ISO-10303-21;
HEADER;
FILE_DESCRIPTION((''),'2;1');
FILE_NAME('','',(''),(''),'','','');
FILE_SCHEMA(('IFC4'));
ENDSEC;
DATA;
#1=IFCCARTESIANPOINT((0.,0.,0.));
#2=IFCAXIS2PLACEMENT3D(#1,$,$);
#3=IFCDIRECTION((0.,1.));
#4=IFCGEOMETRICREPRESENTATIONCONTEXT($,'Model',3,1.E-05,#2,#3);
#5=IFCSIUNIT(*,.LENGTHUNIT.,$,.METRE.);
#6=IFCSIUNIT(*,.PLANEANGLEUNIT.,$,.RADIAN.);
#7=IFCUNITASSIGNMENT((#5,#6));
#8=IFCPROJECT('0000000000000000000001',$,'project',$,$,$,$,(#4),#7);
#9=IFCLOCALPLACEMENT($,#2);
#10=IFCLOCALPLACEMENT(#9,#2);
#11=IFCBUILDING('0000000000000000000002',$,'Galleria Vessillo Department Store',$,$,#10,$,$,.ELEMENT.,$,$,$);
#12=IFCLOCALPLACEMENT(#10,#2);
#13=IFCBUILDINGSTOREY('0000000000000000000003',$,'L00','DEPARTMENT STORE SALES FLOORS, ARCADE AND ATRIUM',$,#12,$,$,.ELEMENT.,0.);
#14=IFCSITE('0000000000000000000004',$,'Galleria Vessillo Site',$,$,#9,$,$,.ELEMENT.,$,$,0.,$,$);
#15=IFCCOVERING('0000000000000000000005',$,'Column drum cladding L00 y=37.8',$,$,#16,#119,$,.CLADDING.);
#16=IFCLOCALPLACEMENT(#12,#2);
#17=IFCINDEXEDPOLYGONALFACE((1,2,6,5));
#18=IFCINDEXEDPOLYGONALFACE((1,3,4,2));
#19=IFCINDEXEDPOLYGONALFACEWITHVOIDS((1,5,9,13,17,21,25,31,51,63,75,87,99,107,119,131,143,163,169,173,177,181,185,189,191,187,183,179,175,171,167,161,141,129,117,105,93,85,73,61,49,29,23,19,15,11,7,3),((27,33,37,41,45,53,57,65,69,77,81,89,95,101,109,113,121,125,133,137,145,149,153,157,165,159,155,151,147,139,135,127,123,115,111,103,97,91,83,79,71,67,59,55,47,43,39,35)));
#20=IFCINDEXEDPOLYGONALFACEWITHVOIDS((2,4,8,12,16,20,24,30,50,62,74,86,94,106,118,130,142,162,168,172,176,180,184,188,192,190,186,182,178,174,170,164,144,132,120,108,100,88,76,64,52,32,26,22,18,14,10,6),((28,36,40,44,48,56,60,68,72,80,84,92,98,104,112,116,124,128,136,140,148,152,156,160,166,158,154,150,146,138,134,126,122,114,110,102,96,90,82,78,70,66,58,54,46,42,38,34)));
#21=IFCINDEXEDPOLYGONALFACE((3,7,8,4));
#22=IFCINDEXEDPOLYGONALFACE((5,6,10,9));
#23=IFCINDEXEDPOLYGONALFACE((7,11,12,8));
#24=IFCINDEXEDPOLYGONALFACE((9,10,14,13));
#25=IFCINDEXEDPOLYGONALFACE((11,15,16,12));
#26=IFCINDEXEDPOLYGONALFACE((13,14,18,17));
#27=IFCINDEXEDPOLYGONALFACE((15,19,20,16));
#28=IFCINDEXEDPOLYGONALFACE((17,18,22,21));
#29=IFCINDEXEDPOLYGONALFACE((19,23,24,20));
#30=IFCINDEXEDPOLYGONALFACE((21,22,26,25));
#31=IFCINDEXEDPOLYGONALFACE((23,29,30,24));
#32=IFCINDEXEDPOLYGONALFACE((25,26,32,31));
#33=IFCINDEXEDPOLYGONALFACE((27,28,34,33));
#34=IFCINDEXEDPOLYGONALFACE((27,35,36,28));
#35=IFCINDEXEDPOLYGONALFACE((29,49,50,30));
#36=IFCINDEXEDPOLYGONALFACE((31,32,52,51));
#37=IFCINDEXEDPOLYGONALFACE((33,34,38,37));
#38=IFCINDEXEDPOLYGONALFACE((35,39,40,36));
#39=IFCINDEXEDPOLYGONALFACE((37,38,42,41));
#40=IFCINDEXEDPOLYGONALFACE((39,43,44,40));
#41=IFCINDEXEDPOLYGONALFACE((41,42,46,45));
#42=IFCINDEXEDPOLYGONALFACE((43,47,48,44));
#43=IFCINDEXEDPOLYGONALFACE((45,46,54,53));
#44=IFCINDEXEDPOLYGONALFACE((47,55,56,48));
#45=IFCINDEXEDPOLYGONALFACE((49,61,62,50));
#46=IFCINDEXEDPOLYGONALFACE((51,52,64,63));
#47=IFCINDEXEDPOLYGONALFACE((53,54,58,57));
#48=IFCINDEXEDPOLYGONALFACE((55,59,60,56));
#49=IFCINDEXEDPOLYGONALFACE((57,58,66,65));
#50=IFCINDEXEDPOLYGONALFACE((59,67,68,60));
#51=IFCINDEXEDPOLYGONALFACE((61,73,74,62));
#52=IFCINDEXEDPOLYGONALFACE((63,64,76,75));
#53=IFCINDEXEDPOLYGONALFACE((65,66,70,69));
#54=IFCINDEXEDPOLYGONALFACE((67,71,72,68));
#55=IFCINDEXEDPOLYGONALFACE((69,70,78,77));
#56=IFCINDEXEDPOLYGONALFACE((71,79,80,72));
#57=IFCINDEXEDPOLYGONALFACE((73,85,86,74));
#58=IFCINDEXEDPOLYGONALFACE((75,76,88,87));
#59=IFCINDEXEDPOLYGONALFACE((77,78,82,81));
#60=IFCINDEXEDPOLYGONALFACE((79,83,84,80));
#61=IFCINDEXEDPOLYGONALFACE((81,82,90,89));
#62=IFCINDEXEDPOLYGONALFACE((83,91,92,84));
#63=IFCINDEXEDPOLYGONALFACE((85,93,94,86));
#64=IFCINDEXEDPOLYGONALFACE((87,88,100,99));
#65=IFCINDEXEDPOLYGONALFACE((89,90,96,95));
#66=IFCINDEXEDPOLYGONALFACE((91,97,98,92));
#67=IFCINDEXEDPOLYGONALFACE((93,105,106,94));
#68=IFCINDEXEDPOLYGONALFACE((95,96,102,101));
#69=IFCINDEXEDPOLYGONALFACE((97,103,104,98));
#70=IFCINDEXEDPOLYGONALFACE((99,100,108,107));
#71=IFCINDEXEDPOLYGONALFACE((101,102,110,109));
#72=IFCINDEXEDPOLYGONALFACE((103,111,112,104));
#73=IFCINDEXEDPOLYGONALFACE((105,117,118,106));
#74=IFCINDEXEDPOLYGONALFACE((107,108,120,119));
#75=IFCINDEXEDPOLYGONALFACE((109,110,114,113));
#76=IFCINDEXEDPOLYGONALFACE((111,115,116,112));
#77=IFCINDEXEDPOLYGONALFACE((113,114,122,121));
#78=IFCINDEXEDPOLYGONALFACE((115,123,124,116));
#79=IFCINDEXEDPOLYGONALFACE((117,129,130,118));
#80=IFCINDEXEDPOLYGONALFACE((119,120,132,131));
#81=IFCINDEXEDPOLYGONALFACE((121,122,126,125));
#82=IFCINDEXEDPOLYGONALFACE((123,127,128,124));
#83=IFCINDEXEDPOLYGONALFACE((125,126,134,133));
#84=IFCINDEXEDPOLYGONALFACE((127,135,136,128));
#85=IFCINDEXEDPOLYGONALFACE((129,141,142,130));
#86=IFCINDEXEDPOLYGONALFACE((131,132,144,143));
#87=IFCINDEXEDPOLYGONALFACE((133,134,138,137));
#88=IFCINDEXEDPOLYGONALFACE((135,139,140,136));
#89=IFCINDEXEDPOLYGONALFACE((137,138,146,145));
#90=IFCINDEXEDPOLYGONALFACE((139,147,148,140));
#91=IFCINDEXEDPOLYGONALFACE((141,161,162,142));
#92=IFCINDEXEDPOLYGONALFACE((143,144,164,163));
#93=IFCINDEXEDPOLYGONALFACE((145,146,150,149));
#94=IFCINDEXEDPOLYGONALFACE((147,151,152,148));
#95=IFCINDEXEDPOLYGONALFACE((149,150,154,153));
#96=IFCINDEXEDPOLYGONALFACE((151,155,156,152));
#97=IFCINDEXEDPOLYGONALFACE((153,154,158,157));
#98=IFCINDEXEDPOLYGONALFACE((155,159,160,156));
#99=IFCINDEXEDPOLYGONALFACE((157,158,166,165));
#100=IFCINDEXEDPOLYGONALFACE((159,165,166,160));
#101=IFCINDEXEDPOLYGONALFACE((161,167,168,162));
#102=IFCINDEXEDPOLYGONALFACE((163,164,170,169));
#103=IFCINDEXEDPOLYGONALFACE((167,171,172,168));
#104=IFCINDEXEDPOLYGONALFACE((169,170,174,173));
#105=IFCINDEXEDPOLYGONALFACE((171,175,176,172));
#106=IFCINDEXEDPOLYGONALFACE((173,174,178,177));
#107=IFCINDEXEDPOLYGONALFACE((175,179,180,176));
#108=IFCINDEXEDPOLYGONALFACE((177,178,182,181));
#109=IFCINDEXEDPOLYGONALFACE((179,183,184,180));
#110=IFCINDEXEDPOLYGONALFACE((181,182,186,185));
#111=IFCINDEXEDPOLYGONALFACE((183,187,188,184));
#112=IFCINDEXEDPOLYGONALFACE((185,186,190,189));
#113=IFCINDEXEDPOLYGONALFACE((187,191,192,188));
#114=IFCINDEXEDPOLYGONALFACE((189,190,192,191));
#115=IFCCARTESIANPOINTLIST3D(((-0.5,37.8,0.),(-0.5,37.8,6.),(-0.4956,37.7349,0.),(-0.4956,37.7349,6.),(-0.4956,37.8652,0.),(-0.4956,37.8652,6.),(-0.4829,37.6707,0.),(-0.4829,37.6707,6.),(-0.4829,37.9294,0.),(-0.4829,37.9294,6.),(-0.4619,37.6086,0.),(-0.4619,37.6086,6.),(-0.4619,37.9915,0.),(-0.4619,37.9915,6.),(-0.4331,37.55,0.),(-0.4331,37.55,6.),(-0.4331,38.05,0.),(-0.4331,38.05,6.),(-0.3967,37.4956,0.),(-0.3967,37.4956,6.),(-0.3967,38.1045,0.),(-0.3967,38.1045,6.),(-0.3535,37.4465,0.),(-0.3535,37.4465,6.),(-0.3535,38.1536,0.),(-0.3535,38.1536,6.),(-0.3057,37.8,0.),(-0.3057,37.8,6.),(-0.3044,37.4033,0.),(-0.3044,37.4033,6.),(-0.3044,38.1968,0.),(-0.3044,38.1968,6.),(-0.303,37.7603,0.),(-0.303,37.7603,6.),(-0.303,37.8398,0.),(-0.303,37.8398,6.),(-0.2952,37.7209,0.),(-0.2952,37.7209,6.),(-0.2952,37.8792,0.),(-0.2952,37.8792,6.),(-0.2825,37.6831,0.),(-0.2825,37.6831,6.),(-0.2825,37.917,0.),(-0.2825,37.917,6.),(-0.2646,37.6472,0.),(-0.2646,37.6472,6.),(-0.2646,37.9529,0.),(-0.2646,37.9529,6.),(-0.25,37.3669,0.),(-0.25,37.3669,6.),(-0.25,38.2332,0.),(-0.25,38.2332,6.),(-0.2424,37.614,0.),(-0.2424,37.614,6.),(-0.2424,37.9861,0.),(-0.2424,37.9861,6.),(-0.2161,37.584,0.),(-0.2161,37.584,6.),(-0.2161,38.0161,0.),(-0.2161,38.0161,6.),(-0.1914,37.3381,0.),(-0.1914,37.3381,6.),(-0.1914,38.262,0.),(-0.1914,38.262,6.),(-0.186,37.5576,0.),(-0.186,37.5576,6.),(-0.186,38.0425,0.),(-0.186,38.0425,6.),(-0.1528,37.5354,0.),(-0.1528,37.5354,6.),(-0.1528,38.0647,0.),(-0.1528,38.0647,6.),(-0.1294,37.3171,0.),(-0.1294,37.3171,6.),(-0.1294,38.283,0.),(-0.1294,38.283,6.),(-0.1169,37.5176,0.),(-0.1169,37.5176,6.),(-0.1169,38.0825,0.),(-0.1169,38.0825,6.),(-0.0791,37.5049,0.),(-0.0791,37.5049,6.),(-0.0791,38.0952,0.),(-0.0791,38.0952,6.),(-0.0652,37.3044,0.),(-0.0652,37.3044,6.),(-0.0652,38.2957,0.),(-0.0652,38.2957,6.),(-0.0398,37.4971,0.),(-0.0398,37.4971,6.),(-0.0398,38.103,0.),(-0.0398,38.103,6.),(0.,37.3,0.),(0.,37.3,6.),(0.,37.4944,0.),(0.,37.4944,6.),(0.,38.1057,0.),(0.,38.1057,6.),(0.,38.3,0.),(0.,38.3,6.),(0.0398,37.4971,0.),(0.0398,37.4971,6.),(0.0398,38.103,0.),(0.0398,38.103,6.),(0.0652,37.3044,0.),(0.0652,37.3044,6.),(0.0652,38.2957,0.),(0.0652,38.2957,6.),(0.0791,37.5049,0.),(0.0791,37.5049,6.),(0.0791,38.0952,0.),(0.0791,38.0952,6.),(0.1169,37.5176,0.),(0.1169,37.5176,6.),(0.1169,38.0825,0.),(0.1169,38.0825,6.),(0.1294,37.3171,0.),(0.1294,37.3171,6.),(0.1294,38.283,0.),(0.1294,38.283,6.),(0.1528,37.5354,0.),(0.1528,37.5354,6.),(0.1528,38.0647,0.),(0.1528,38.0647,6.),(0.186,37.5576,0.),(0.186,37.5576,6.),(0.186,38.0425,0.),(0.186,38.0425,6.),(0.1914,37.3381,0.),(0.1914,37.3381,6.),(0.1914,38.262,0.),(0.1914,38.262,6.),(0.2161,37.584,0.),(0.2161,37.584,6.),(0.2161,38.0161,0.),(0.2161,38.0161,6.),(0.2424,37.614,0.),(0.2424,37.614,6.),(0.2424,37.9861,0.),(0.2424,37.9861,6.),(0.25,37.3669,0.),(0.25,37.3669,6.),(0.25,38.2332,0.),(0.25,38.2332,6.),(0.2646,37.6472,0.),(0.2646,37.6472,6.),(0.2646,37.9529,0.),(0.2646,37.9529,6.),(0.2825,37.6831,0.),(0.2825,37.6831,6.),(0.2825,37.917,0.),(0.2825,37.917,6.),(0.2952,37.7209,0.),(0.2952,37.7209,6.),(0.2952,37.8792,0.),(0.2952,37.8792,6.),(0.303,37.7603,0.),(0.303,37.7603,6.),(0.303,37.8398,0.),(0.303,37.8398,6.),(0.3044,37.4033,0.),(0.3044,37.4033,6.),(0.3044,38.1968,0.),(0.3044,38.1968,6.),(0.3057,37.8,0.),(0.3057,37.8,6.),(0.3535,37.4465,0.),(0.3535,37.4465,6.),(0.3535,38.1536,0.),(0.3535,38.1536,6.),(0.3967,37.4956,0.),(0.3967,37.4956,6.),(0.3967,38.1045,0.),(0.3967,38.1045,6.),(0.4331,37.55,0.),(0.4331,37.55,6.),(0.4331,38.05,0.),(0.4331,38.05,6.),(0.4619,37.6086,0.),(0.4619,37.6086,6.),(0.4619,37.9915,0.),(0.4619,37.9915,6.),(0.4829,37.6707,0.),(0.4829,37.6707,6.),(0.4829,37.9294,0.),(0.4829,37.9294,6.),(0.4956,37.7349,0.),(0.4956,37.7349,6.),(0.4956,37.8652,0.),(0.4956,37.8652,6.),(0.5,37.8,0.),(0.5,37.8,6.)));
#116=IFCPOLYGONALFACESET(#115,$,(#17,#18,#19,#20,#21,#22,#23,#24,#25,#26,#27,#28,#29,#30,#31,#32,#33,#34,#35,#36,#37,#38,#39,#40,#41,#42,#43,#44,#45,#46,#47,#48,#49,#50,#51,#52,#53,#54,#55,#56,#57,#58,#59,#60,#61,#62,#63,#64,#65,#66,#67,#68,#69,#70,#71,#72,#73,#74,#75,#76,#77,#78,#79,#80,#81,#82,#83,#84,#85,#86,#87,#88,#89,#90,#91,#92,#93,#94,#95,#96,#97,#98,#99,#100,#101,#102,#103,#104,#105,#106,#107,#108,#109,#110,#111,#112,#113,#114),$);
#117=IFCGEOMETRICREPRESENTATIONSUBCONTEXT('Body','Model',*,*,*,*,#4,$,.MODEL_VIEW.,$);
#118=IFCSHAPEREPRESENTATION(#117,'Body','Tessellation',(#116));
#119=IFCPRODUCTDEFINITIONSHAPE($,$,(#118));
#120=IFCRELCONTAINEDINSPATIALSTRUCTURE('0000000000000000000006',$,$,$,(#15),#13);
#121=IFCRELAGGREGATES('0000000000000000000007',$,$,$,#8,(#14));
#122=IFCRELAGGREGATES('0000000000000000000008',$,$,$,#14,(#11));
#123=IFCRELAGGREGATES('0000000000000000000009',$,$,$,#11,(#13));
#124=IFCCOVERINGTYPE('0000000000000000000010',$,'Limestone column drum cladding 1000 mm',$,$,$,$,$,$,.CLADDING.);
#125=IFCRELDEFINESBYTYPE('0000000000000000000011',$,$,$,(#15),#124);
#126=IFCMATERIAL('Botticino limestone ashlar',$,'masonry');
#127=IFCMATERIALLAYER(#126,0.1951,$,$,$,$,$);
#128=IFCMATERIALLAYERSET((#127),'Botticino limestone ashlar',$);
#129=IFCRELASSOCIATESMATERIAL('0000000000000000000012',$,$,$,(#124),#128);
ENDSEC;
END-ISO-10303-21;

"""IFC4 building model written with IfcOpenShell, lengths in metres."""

from ifc_helpers import new_model, si_unit, direction, origin, place, context, subcontext, project, spatial, polyline, outline, extrude, material, layer, layer_set, type_object, element, save


model = new_model("IFC4")

# Units and contexts
model_context = context("Model", 3, precision=1e-05, world=origin(), true_north=direction((0.0, 1.0)))
body_context = subcontext(model_context, "Body", "Model", "MODEL_VIEW")
ifc_project = project(units=[si_unit("LENGTHUNIT", "METRE"), si_unit("PLANEANGLEUNIT", "RADIAN")], contexts=[model_context])

# Site, building, storey
site_placement = place(None, origin())
site = spatial("IfcSite", under=ifc_project, at=site_placement, Name="Galleria Vessillo Site", CompositionType="ELEMENT", RefElevation=0.0)
building_placement = place(site_placement, origin())
building = spatial("IfcBuilding", under=site, at=building_placement, Name="Galleria Vessillo Department Store", CompositionType="ELEMENT")
storey_placement = place(building_placement, origin())
storey = spatial("IfcBuildingStorey", under=building, at=storey_placement, Name="L00", Description="DEPARTMENT STORE SALES FLOORS, ARCADE AND ATRIUM", CompositionType="ELEMENT", Elevation=0.0)

# Covering
ifc_material_1 = material(Name="Botticino limestone ashlar", Category="masonry")
ifc_layer_1 = layer(ifc_material_1, 0.1951)
ifc_layer_set_1 = layer_set([ifc_layer_1], Name="Botticino limestone ashlar")
covering_type = type_object("IfcCoveringType", Name="Limestone column drum cladding 1000 mm", PredefinedType="CLADDING", material=ifc_layer_set_1)
covering_1_placement = place(storey_placement, origin())
element("IfcCovering", 1, at=covering_1_placement, inside=storey, type_object=covering_type, Name="Column drum cladding L00 y=37.8", PredefinedType="CLADDING", context=body_context, shape_type="SweptSolid", body=[
    extrude(outline(polyline([(0.5, 37.8), (0.4956, 37.8652), (0.4829, 37.9294), (0.4619, 37.9915), (0.4331, 38.05), (0.3967, 38.1045), (0.3535, 38.1536), (0.3044, 38.1968), (0.25, 38.2332), (0.1914, 38.262), (0.1294, 38.283), (0.0652, 38.2957), (0.0, 38.3), (-0.0652, 38.2957), (-0.1294, 38.283), (-0.1914, 38.262), (-0.25, 38.2332), (-0.3044, 38.1968), (-0.3535, 38.1536), (-0.3967, 38.1045), (-0.4331, 38.05), (-0.4619, 37.9915), (-0.4829, 37.9294), (-0.4956, 37.8652), (-0.5, 37.8), (-0.4956, 37.7349), (-0.4829, 37.6707), (-0.4619, 37.6086), (-0.4331, 37.55), (-0.3967, 37.4956), (-0.3535, 37.4465), (-0.3044, 37.4033), (-0.25, 37.3669), (-0.1914, 37.3381), (-0.1294, 37.3171), (-0.0652, 37.3044), (0.0, 37.3), (0.0652, 37.3044), (0.1294, 37.3171), (0.1914, 37.3381), (0.25, 37.3669), (0.3044, 37.4033), (0.3535, 37.4465), (0.3967, 37.4956), (0.4331, 37.55), (0.4619, 37.6086), (0.4829, 37.6707), (0.4956, 37.7349), (0.5, 37.8)]), holes=[polyline([(0.3057, 37.8), (0.303, 37.8398), (0.2952, 37.8792), (0.2825, 37.917), (0.2646, 37.9529), (0.2424, 37.9861), (0.2161, 38.0161), (0.186, 38.0425), (0.1528, 38.0647), (0.1169, 38.0825), (0.0791, 38.0952), (0.0398, 38.103), (0.0, 38.1057), (-0.0398, 38.103), (-0.0791, 38.0952), (-0.1169, 38.0825), (-0.1528, 38.0647), (-0.186, 38.0425), (-0.2161, 38.0161), (-0.2424, 37.9861), (-0.2646, 37.9529), (-0.2825, 37.917), (-0.2952, 37.8792), (-0.303, 37.8398), (-0.3057, 37.8), (-0.303, 37.7603), (-0.2952, 37.7209), (-0.2825, 37.6831), (-0.2646, 37.6472), (-0.2424, 37.614), (-0.2161, 37.584), (-0.186, 37.5576), (-0.1528, 37.5354), (-0.1169, 37.5176), (-0.0791, 37.5049), (-0.0398, 37.4971), (0.0, 37.4944), (0.0398, 37.4971), (0.0791, 37.5049), (0.1169, 37.5176), (0.1528, 37.5354), (0.186, 37.5576), (0.2161, 37.584), (0.2424, 37.614), (0.2646, 37.6472), (0.2825, 37.6831), (0.2952, 37.7209), (0.303, 37.7603), (0.3057, 37.8)])]), origin(), (0.0, 0.0, 1.0), 6.0),
])

save(model, "model.ifc")
